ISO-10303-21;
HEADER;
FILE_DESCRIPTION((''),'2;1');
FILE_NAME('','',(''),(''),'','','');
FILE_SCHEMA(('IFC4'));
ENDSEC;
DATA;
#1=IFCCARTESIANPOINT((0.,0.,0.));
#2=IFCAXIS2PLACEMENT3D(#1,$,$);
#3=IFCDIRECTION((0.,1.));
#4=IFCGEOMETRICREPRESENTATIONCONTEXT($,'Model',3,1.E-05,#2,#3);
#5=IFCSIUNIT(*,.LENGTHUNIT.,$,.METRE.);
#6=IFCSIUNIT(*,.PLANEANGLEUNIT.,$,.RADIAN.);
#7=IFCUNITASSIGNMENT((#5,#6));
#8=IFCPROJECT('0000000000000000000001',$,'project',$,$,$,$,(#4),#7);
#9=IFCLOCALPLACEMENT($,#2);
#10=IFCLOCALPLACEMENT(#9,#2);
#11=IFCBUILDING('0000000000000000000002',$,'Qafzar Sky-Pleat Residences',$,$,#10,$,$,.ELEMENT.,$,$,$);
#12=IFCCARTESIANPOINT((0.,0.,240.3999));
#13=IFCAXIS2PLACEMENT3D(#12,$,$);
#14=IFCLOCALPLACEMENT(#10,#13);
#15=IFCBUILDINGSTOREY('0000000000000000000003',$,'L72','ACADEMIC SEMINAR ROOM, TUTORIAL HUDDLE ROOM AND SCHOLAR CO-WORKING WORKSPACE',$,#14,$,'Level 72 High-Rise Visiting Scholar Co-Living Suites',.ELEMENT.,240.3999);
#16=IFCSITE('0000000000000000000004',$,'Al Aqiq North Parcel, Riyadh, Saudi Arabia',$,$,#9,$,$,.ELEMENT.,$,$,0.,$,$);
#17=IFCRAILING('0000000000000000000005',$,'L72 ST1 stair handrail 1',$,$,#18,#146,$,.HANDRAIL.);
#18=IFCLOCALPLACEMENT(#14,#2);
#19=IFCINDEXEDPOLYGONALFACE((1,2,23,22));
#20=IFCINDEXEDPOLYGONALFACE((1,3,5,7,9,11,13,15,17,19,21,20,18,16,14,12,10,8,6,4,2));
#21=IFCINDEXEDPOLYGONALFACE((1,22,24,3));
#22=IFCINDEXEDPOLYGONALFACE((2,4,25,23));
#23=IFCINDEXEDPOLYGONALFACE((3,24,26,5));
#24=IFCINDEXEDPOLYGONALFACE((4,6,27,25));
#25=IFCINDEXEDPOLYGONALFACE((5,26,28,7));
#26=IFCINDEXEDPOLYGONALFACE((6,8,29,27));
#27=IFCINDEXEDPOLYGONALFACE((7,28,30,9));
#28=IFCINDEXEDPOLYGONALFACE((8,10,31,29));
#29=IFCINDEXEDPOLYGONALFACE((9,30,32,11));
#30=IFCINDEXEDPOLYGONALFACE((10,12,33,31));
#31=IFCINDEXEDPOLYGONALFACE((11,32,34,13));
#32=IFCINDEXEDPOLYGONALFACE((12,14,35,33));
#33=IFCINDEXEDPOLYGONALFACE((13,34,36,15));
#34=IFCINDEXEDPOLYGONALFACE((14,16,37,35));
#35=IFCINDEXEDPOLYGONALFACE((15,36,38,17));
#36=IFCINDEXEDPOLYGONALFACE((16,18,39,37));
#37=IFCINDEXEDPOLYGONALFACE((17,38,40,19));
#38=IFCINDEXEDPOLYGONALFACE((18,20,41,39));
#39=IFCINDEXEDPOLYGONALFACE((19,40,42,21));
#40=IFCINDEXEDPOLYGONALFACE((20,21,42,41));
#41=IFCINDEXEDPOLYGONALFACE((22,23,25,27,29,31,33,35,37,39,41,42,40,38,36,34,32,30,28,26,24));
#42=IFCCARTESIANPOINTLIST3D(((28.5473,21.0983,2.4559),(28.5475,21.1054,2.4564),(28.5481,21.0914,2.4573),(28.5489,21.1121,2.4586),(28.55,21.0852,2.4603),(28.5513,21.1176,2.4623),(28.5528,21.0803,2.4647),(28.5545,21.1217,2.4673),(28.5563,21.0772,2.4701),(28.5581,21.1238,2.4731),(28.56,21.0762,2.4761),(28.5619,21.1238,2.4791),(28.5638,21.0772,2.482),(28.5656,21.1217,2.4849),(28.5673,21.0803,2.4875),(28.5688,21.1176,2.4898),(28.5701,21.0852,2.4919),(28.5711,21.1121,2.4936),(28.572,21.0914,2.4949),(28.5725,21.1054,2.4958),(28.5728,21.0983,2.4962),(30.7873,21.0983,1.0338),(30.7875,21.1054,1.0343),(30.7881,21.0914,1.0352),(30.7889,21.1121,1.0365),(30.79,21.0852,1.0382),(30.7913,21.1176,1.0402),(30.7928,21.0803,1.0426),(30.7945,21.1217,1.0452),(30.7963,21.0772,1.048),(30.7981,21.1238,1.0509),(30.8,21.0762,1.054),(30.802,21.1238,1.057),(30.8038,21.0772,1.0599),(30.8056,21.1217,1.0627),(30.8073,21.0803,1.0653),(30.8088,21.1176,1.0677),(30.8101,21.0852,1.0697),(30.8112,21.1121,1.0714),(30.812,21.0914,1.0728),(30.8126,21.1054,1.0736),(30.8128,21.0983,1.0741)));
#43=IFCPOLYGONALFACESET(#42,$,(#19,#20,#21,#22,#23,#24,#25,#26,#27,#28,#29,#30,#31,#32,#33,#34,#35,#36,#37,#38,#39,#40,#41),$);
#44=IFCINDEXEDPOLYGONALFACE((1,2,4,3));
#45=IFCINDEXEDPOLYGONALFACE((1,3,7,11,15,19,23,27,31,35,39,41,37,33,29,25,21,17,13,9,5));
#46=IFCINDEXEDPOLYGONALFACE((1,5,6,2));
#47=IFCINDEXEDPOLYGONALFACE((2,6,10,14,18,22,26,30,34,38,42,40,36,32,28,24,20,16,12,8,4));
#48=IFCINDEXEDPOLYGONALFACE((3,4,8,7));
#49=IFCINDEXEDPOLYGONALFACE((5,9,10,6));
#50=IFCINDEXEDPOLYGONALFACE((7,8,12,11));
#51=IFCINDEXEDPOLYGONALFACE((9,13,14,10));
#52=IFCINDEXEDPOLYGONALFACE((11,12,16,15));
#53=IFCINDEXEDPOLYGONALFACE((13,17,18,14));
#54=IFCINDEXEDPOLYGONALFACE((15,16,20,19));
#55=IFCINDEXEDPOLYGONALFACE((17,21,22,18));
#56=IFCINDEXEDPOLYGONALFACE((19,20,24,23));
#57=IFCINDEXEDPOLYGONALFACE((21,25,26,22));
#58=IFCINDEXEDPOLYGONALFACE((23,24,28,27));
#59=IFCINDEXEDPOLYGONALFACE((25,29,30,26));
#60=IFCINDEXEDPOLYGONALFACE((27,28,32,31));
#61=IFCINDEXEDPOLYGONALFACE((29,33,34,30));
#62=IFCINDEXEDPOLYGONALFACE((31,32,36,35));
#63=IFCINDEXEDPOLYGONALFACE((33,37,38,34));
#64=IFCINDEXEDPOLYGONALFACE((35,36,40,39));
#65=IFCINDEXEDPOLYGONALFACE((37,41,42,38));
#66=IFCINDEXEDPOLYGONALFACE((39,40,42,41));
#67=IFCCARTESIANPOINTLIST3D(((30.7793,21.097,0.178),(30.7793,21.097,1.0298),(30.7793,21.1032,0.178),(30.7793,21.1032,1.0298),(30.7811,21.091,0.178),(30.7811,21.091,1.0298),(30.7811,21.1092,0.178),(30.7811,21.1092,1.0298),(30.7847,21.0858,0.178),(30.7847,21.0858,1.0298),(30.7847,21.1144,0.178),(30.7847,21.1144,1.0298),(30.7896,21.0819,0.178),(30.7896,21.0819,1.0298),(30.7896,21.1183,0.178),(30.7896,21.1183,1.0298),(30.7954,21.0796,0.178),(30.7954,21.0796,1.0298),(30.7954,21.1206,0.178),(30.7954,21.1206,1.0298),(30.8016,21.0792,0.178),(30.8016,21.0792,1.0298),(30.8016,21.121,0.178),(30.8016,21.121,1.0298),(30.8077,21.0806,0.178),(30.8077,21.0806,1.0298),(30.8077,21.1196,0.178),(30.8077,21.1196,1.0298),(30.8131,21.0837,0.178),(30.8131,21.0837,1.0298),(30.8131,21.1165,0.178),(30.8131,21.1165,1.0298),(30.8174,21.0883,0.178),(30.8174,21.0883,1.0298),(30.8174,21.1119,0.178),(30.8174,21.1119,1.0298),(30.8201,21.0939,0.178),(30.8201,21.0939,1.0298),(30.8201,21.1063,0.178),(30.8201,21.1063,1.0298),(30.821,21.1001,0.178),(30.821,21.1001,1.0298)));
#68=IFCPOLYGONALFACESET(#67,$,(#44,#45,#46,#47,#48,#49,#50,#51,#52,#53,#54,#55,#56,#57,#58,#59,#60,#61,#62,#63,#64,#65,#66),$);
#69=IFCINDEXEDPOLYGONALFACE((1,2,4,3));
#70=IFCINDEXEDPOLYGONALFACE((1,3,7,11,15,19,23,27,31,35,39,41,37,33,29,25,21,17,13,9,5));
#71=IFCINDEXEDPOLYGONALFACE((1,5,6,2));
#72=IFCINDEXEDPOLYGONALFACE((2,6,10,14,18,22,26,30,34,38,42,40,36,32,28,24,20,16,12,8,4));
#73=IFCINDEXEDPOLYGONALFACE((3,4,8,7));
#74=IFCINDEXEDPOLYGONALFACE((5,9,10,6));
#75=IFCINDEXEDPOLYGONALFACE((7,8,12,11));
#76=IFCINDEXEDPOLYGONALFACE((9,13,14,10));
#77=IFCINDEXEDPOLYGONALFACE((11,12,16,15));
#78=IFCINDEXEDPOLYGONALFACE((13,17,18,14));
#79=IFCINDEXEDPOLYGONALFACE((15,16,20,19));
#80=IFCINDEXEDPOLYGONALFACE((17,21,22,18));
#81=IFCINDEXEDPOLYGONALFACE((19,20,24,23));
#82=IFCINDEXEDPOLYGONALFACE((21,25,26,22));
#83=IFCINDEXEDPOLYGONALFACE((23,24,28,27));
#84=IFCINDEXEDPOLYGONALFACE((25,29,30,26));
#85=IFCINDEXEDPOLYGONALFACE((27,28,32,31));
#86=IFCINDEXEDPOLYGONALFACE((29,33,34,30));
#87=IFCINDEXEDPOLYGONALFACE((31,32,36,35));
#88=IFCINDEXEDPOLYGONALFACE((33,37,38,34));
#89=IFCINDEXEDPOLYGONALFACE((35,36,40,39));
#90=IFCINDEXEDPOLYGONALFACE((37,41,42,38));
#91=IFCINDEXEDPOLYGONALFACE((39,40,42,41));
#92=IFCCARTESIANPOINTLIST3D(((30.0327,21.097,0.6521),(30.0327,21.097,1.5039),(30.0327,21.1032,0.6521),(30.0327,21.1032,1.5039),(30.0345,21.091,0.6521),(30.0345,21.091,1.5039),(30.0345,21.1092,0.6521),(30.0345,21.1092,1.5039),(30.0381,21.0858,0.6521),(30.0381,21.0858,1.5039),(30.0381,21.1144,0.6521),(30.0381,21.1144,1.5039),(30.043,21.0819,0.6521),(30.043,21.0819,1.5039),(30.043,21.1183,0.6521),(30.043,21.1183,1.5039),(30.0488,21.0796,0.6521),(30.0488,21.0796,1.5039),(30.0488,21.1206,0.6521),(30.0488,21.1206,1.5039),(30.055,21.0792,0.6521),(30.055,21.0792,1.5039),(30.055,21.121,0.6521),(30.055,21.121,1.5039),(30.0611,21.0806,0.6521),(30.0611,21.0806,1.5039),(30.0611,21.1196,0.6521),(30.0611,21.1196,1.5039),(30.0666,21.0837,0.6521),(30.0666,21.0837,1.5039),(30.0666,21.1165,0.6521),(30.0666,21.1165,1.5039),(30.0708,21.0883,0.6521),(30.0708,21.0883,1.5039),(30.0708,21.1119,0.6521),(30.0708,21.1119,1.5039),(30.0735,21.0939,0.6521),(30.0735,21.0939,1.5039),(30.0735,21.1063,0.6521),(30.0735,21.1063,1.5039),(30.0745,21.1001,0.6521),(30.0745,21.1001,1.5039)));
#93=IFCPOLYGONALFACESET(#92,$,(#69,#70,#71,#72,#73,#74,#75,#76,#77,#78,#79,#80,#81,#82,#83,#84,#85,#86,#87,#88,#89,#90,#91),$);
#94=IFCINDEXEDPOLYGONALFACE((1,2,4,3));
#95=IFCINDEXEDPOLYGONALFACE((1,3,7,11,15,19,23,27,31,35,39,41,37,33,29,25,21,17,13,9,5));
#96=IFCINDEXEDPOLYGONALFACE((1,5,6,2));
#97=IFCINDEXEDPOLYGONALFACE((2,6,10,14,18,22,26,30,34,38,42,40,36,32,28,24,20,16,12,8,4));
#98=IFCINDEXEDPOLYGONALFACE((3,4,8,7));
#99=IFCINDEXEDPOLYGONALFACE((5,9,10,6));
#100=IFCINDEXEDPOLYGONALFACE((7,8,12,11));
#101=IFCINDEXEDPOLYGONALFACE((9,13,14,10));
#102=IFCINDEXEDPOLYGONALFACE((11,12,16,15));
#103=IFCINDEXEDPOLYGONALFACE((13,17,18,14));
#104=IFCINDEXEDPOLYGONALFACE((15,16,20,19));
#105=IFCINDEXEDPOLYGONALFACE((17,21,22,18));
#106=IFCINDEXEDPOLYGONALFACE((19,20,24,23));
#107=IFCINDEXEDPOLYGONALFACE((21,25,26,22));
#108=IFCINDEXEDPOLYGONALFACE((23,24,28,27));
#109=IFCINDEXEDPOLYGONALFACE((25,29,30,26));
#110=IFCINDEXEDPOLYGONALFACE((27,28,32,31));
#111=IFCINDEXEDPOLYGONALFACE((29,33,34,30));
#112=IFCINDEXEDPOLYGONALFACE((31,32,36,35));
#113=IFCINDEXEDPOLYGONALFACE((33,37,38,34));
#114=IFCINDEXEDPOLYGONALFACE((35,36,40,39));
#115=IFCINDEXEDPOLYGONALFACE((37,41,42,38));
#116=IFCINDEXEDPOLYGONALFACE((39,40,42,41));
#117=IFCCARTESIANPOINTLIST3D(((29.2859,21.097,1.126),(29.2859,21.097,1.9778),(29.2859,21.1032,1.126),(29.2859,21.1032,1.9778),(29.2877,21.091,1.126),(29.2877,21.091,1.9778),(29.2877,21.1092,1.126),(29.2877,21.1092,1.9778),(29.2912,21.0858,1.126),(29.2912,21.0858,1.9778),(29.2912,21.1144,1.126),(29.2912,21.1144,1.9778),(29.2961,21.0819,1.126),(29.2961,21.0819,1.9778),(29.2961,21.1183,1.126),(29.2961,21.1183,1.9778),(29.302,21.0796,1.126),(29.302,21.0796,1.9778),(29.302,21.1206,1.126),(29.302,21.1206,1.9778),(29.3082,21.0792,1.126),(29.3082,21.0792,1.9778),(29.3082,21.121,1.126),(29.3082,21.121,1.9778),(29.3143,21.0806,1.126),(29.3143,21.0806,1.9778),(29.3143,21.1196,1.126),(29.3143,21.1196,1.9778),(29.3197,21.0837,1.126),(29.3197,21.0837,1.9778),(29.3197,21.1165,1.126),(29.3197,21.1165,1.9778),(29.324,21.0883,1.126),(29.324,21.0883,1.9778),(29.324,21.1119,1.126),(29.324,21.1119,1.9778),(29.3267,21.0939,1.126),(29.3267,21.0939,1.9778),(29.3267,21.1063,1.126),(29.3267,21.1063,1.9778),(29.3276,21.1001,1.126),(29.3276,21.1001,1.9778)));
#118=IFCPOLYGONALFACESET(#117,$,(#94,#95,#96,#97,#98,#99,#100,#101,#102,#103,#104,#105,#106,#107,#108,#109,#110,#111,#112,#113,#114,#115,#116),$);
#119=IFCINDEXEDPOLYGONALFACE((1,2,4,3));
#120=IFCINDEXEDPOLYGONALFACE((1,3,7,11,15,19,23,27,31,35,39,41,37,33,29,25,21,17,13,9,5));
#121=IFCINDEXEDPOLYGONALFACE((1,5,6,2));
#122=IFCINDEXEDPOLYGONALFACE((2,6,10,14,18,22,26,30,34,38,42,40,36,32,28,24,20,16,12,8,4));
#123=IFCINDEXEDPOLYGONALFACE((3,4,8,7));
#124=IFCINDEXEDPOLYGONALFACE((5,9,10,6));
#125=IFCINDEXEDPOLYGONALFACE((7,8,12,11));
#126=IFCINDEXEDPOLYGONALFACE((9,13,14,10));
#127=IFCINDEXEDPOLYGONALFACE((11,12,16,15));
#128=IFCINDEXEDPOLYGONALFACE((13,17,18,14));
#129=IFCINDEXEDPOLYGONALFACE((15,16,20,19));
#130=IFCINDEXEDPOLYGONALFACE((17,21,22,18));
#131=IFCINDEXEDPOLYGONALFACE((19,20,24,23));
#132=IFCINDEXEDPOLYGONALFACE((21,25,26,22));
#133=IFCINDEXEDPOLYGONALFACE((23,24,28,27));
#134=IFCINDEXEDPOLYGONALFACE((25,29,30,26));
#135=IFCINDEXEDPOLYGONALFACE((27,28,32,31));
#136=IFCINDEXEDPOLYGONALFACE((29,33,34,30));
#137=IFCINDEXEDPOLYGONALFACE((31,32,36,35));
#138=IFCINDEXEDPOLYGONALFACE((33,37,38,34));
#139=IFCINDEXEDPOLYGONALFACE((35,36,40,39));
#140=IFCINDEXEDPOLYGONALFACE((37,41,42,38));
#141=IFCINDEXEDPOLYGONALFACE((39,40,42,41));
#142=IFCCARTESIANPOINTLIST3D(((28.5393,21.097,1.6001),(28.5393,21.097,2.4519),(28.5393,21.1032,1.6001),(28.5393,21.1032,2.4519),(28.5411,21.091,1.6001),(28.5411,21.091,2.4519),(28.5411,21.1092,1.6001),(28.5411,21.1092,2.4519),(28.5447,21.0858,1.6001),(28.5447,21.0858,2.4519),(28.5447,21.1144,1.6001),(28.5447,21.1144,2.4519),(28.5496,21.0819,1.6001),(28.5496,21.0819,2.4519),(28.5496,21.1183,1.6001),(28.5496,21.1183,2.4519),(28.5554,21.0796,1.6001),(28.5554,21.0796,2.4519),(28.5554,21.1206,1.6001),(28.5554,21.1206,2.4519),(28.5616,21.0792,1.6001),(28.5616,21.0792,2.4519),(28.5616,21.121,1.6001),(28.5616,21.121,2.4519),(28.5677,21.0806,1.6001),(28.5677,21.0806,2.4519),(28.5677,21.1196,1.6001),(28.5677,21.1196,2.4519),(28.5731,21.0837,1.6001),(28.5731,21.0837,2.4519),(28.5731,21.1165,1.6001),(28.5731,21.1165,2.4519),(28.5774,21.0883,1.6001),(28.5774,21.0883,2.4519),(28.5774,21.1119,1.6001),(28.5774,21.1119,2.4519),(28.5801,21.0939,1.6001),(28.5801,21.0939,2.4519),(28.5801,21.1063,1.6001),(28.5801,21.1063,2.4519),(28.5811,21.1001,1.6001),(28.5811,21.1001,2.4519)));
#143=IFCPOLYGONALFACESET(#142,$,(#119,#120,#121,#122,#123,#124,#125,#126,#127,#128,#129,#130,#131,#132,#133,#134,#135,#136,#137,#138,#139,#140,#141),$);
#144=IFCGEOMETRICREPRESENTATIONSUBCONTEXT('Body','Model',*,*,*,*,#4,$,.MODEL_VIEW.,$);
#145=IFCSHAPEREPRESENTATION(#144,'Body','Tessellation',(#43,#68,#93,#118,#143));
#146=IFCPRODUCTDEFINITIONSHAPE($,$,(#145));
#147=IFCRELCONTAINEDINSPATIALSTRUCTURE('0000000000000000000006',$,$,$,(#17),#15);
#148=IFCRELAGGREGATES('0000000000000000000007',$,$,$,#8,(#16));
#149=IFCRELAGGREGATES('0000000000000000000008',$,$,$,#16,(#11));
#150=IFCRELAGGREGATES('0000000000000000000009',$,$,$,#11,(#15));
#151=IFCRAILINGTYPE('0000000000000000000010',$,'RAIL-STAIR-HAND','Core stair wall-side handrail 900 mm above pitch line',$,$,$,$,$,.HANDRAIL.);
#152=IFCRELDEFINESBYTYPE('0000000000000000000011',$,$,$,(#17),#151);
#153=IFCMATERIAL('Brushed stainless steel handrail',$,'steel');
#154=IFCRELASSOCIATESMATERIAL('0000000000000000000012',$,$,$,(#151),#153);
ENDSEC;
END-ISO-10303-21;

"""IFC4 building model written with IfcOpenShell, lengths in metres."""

from ifc_helpers import new_model, si_unit, direction, frame, origin, origin_2d, place, context, subcontext, project, spatial, circle, extrude, source, transform, mapped, material, type_object, element, save


model = new_model("IFC4")

# Units and contexts
model_context = context("Model", 3, precision=1e-05, world=origin(), true_north=direction((0.0, 1.0)))
body_context = subcontext(model_context, "Body", "Model", "MODEL_VIEW")
ifc_project = project(units=[si_unit("LENGTHUNIT", "METRE"), si_unit("PLANEANGLEUNIT", "RADIAN")], contexts=[model_context])

# Site, building, storey
site_placement = place(None, origin())
site = spatial("IfcSite", under=ifc_project, at=site_placement, Name="Al Aqiq North Parcel, Riyadh, Saudi Arabia", CompositionType="ELEMENT", RefElevation=0.0)
building_placement = place(site_placement, origin())
building = spatial("IfcBuilding", under=site, at=building_placement, Name="Qafzar Sky-Pleat Residences", CompositionType="ELEMENT")
storey_placement = place(building_placement, frame((0.0, 0.0, 240.3999)))
storey = spatial("IfcBuildingStorey", under=building, at=storey_placement, Name="L72", Description="ACADEMIC SEMINAR ROOM, TUTORIAL HUDDLE ROOM AND SCHOLAR CO-WORKING WORKSPACE", LongName="Level 72 High-Rise Visiting Scholar Co-Living Suites", CompositionType="ELEMENT", Elevation=240.3999)

# Railing
ifc_material_1 = material(Name="Brushed stainless steel handrail", Category="steel")
railing_type_1 = type_object("IfcRailingType", Name="RAIL-STAIR-HAND", Description="Core stair wall-side handrail 900 mm above pitch line", PredefinedType="HANDRAIL", material=ifc_material_1)
shared_shape_1 = source(origin(), body_context, "Body", "SweptSolid", [
    extrude(circle(Radius=0.0239, at=origin_2d()), frame((0.0, 0.0, 0.876), z_axis=(-0.844229, 0.0, 0.535982), x_axis=(0.0, -1.0, 0.0)), (0.0, 0.0, 1.0), 2.6533),
    extrude(circle(Radius=0.021, at=origin_2d()), origin(), (0.0, 0.0, 1.0), 0.8518),
    extrude(circle(Radius=0.021, at=origin_2d()), frame((-0.7466, 0.0, 0.4741)), (0.0, 0.0, 1.0), 0.8518),
    extrude(circle(Radius=0.021, at=origin_2d()), frame((-1.4934, 0.0, 0.948)), (0.0, 0.0, 1.0), 0.8518),
    extrude(circle(Radius=0.021, at=origin_2d()), frame((-2.24, 0.0, 1.4221)), (0.0, 0.0, 1.0), 0.8518),
])
railing_1_placement = place(storey_placement, frame((30.8, 21.1001, 0.178)))
element("IfcRailing", 1, at=railing_1_placement, inside=storey, type_object=railing_type_1, Name="L72 ST1 stair handrail 1", PredefinedType="HANDRAIL", context=body_context, shape_type="MappedRepresentation", body=[
    mapped(shared_shape_1, transform((0.0, 0.0, 0.0), x_axis=(1.0, 0.0, 0.0), y_axis=(0.0, 1.0, 0.0), z_axis=(0.0, 0.0, 1.0), scale=1.0)),
])

save(model, "model.ifc")
